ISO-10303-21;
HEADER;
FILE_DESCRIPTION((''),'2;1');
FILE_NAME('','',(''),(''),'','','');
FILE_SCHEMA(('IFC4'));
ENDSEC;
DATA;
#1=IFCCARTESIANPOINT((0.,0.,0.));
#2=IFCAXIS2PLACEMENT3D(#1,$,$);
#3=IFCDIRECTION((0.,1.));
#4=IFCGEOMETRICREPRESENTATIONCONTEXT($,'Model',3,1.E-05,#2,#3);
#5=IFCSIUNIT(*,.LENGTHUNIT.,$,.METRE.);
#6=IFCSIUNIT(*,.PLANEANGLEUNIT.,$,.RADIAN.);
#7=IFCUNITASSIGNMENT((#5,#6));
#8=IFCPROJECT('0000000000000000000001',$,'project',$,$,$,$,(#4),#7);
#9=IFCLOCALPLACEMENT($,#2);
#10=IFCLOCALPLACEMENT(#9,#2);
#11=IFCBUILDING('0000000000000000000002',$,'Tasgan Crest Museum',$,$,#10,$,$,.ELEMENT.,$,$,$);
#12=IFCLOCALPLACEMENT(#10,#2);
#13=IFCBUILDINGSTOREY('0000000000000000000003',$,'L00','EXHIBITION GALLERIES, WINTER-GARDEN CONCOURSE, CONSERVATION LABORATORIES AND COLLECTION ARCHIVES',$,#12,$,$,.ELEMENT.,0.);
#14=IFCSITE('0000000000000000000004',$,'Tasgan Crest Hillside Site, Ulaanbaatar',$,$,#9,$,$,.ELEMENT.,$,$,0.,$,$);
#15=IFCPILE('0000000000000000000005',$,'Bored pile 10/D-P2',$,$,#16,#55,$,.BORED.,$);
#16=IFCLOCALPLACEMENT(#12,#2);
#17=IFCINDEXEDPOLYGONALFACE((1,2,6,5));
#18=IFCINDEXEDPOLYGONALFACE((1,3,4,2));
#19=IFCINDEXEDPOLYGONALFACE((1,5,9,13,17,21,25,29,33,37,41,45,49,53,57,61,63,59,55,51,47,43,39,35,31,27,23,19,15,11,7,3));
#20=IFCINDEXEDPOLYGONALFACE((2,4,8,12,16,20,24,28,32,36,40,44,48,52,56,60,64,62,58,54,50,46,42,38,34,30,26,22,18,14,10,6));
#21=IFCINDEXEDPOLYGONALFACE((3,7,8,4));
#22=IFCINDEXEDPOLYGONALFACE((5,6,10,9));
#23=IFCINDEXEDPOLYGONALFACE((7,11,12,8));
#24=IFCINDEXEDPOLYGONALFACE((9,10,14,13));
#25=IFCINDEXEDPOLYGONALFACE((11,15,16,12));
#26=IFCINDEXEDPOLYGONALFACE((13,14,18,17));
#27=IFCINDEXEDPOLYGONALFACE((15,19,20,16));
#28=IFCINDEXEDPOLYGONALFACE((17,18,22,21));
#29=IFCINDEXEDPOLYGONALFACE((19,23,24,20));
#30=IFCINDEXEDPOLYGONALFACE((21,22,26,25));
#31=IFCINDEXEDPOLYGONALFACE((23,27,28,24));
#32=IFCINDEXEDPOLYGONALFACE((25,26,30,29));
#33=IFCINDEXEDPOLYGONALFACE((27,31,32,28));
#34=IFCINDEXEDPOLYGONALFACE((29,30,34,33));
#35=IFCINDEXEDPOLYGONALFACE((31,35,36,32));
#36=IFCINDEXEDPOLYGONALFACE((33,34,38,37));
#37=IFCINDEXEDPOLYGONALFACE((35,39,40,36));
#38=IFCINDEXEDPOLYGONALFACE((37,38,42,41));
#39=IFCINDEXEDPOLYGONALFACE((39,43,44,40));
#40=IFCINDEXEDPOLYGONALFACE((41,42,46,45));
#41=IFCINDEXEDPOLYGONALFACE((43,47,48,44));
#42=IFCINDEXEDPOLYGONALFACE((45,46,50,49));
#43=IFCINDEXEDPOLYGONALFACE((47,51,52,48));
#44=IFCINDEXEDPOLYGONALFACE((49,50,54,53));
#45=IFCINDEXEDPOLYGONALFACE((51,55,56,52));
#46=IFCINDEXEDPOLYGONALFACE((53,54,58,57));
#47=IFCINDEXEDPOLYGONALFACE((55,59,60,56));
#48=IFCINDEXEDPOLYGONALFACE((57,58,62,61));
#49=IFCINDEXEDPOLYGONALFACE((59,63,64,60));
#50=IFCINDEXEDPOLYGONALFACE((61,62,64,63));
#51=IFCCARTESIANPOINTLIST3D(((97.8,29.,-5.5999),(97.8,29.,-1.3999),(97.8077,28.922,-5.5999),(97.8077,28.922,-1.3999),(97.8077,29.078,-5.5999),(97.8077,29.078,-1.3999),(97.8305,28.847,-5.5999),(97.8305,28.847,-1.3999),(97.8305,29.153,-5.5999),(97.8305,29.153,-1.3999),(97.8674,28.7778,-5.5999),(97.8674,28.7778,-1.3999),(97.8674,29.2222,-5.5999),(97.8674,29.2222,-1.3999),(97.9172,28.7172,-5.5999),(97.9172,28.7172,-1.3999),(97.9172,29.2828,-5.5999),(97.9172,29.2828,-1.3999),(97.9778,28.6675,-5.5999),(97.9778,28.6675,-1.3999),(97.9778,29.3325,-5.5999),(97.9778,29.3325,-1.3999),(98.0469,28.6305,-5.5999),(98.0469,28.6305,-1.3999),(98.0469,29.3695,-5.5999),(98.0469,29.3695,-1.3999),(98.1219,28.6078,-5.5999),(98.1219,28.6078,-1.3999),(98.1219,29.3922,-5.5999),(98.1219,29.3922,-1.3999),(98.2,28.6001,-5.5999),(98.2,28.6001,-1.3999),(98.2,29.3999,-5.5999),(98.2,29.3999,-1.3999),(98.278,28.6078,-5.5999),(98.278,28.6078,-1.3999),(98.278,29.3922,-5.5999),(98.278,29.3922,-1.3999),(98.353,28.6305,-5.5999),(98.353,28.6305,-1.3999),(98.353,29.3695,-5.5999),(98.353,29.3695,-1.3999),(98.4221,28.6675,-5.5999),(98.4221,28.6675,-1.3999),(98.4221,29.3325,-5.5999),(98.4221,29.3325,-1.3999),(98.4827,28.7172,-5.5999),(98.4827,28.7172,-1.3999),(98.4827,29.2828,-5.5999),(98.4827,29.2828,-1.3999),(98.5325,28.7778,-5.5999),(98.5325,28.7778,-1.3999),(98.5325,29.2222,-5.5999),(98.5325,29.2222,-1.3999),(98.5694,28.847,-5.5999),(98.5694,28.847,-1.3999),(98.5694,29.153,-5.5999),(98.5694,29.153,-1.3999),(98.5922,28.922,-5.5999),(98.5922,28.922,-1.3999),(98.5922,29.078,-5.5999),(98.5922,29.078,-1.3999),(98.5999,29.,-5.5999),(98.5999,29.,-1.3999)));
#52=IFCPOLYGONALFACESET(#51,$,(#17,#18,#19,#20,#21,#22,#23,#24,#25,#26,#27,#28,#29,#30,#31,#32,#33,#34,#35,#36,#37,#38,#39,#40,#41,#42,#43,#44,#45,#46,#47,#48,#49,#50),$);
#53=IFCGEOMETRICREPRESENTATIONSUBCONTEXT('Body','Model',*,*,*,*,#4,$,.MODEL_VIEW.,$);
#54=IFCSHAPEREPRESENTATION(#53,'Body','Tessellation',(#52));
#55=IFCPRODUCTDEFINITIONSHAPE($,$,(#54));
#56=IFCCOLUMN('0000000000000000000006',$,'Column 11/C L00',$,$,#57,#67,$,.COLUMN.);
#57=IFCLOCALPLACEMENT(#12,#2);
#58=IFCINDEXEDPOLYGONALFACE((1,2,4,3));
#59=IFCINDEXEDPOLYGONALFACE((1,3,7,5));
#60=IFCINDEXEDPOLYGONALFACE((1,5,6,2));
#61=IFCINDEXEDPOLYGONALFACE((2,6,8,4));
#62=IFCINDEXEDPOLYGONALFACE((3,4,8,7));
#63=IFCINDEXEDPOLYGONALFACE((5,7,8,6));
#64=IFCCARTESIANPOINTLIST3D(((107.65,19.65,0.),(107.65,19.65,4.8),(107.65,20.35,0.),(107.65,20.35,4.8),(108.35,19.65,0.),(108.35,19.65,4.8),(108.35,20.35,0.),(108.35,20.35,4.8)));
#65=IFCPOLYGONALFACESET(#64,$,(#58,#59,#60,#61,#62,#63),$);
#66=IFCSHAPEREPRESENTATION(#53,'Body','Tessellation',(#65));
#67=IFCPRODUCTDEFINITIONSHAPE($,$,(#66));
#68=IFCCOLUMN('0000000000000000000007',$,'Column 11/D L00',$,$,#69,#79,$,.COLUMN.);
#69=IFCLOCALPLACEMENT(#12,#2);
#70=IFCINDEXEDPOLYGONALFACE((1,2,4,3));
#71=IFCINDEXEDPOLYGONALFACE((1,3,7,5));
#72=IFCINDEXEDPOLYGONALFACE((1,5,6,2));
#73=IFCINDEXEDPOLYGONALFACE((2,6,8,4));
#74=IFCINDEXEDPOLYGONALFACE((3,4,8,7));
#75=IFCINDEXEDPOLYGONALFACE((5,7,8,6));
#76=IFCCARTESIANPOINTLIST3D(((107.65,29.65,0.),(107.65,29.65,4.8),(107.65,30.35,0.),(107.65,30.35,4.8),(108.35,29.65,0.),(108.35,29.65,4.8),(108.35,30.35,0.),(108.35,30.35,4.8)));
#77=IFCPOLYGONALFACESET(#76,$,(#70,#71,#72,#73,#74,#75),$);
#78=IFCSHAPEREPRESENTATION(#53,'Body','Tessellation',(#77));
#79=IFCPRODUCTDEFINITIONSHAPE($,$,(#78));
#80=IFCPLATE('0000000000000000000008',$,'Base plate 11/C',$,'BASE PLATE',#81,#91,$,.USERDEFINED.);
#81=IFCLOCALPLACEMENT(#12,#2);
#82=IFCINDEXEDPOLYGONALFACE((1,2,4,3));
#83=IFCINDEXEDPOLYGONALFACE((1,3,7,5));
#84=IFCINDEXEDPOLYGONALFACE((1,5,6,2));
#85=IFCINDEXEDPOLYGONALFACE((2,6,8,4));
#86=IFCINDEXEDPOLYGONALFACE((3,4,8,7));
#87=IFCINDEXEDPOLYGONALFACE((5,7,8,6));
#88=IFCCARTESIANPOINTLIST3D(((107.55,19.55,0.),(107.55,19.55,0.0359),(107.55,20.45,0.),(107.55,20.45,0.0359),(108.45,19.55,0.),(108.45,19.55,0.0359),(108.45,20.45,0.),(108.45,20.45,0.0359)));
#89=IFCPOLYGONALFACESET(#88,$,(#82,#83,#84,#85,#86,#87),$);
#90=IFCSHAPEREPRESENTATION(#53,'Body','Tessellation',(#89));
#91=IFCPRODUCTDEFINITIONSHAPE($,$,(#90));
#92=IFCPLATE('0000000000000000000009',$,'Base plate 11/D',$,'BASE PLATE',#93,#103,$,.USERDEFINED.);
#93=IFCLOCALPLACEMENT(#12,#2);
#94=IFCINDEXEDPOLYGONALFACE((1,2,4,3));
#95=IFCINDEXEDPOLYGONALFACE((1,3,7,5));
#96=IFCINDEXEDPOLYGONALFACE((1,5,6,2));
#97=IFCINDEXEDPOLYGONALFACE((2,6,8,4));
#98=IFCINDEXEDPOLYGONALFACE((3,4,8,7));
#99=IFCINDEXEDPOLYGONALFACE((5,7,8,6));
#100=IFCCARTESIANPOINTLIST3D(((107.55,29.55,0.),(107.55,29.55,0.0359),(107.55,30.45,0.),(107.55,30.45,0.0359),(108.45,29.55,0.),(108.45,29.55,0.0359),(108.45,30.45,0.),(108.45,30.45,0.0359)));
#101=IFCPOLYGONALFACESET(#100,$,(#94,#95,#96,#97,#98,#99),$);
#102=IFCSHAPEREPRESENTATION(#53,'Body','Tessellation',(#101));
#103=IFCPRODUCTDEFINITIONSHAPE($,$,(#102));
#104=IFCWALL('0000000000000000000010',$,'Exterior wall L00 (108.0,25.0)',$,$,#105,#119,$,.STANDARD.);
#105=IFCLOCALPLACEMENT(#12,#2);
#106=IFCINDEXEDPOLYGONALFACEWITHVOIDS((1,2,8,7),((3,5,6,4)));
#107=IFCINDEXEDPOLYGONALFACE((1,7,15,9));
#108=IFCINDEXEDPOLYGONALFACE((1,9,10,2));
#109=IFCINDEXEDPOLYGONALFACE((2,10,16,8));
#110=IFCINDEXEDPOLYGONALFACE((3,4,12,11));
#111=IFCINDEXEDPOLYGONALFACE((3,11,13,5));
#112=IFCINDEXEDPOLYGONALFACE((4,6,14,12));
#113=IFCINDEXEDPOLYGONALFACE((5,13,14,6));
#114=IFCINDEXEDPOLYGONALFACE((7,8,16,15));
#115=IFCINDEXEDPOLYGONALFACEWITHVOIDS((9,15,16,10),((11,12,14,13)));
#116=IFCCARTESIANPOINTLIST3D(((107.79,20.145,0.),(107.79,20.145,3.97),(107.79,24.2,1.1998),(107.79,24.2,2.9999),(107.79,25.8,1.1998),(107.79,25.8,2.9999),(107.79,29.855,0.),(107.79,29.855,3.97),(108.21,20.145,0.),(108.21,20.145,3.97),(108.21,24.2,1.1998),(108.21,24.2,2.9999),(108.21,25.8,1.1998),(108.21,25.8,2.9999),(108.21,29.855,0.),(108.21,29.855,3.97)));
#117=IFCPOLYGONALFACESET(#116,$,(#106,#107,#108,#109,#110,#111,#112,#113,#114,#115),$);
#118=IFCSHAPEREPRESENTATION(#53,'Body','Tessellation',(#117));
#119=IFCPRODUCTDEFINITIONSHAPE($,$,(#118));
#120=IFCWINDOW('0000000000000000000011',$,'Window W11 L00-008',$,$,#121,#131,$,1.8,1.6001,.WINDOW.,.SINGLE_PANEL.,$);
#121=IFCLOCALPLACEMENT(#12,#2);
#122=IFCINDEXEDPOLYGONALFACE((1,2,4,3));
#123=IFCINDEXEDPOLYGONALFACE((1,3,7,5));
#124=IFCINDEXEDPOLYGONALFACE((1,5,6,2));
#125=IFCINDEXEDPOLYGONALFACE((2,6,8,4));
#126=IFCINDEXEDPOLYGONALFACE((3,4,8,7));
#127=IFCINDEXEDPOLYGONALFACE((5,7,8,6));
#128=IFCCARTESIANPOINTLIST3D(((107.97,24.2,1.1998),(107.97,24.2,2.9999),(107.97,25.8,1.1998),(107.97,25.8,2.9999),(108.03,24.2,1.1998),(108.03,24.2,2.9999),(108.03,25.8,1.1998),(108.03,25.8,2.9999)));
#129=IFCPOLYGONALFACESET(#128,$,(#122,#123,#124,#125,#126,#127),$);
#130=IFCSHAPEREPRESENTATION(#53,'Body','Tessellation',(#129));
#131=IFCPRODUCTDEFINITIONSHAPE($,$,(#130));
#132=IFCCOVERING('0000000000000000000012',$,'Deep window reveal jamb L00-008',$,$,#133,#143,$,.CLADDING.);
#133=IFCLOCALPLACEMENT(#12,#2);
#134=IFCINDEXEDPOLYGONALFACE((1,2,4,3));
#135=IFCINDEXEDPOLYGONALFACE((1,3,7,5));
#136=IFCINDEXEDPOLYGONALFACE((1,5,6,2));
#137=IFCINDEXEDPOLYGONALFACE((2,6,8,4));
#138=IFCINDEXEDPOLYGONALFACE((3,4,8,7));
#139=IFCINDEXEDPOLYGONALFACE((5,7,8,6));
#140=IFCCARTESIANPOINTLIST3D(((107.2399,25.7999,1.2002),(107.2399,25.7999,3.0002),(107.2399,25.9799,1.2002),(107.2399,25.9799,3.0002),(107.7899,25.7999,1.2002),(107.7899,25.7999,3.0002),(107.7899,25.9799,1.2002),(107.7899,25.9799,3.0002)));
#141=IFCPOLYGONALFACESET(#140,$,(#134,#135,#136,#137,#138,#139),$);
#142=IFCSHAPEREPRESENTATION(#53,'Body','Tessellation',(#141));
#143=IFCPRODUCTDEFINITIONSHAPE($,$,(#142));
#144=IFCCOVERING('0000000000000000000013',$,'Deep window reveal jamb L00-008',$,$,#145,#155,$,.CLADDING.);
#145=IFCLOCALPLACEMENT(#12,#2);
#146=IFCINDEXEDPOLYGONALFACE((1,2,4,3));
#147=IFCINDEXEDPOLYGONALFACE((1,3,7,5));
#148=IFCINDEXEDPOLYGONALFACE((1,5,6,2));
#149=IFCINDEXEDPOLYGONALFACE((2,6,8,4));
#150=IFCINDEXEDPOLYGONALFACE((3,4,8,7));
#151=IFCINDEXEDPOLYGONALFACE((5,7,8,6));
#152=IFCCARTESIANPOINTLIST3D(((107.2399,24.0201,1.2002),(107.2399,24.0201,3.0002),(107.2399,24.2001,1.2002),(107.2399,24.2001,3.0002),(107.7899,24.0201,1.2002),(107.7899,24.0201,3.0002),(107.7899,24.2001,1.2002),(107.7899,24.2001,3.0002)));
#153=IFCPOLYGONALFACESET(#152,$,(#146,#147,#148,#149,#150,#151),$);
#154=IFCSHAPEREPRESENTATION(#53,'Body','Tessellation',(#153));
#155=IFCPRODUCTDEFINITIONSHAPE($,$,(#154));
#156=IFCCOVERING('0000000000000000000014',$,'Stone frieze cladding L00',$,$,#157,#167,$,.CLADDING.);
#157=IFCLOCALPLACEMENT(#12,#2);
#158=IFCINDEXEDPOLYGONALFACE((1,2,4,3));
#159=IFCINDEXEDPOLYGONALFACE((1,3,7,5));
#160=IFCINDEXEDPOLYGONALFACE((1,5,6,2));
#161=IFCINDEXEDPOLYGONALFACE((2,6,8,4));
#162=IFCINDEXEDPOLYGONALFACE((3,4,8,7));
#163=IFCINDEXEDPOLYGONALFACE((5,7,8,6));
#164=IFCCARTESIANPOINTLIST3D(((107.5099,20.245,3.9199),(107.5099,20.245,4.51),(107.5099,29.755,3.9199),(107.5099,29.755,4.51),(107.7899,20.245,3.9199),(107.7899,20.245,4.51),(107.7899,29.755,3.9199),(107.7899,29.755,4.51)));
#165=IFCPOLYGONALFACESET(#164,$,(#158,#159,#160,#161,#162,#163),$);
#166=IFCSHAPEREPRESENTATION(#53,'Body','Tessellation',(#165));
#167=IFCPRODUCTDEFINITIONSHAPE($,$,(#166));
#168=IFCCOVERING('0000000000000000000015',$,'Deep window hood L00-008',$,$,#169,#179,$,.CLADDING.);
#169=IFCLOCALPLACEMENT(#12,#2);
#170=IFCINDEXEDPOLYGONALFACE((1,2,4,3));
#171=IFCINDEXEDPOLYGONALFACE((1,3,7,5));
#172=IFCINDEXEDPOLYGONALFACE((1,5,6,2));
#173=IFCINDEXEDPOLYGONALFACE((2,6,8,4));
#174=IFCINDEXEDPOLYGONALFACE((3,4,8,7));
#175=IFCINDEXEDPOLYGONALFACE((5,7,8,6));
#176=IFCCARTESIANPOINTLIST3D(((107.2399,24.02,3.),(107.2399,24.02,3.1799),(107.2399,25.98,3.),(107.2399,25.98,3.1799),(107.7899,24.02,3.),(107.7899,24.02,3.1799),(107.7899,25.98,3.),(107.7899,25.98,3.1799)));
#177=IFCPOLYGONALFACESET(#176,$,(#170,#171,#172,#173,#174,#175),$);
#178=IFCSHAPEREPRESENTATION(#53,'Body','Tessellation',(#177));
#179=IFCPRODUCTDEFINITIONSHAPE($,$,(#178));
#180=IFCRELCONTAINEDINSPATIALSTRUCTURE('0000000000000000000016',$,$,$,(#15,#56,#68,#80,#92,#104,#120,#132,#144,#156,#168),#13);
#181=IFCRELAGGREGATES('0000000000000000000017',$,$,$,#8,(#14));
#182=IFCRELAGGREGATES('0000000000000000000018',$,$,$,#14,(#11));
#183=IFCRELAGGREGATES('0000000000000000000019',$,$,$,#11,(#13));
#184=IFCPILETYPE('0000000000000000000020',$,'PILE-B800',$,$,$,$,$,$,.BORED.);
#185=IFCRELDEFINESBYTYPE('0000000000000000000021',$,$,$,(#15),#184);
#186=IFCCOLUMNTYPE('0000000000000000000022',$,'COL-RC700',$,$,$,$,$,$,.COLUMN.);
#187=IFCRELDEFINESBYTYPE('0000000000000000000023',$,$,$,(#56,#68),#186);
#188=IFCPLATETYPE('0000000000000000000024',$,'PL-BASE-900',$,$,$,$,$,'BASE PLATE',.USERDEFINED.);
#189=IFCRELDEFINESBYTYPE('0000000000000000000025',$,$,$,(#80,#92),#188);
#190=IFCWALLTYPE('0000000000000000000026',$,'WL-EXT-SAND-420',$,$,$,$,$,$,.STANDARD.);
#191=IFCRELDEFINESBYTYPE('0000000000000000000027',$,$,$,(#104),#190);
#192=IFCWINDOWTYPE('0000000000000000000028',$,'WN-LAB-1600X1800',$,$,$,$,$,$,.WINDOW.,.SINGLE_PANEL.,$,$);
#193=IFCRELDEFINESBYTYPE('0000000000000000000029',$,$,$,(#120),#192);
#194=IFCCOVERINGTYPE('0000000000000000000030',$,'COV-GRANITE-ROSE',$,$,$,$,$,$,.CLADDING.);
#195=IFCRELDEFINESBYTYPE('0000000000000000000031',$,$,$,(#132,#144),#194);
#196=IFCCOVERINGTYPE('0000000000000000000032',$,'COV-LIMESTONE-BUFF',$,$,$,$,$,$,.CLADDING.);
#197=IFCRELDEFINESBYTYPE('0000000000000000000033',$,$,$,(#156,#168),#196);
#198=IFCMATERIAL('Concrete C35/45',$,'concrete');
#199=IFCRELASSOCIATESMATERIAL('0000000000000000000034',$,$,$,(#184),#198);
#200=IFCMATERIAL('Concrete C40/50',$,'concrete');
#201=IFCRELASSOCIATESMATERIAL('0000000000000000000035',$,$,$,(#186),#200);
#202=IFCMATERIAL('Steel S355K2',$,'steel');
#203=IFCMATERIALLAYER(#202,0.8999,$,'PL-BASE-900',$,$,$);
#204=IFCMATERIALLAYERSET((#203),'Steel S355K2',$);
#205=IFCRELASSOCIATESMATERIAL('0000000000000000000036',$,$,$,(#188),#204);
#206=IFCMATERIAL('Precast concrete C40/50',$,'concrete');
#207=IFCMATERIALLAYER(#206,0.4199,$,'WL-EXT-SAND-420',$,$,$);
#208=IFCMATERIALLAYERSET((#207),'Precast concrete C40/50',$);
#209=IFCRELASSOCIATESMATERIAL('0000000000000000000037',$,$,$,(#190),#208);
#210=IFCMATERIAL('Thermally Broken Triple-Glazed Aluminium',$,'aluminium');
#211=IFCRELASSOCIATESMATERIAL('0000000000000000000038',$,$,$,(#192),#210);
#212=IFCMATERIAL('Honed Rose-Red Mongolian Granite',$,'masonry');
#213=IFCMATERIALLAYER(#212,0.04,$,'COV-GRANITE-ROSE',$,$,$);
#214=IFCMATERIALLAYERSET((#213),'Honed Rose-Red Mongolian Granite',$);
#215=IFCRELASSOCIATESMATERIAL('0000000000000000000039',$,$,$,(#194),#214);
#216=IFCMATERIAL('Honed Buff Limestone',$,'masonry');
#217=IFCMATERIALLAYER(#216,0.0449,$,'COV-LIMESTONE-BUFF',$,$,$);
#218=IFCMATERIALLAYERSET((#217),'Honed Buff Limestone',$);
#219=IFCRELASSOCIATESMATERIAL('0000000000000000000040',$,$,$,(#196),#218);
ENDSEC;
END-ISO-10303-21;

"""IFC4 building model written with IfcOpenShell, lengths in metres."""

from ifc_helpers import new_model, si_unit, direction, frame, frame_2d, origin, origin_2d, place, context, subcontext, project, spatial, rectangle, circle, extrude, material, layer, layer_set, material_profile, profile_set, type_object, element, fill, save


model = new_model("IFC4")

# Units and contexts
model_context = context("Model", 3, precision=1e-05, world=origin(), true_north=direction((0.0, 1.0)))
body_context = subcontext(model_context, "Body", "Model", "MODEL_VIEW")
ifc_project = project(units=[si_unit("LENGTHUNIT", "METRE"), si_unit("PLANEANGLEUNIT", "RADIAN")], contexts=[model_context])

# Site, building, storey
site_placement = place(None, origin())
site = spatial("IfcSite", under=ifc_project, at=site_placement, Name="Tasgan Crest Hillside Site, Ulaanbaatar", CompositionType="ELEMENT", RefElevation=0.0)
building_placement = place(site_placement, origin())
building = spatial("IfcBuilding", under=site, at=building_placement, Name="Tasgan Crest Museum", CompositionType="ELEMENT")
storey_placement = place(building_placement, origin())
storey = spatial("IfcBuildingStorey", under=building, at=storey_placement, Name="L00", Description="EXHIBITION GALLERIES, WINTER-GARDEN CONCOURSE, CONSERVATION LABORATORIES AND COLLECTION ARCHIVES", CompositionType="ELEMENT", Elevation=0.0)

# Pile
ifc_material_1 = material(Name="Concrete C35/45", Category="concrete")
ifc_material_profile_1 = material_profile(ifc_material_1, circle(Radius=0.3999, at=origin_2d()), Name="PILE D800")
ifc_profile_set_1 = profile_set([ifc_material_profile_1], Name="Concrete C35/45")
pile_type_1 = type_object("IfcPileType", Name="PILE-B800", PredefinedType="BORED", material=ifc_profile_set_1)
for number, where, z_axis, x_axis, name in (
    (1, (98.2, 29.0, -1.3999), (0.0, 0.0, -1.0), (1.0, 0.0, 0.0), "Bored pile 10/D-P2"),
):
    element("IfcPile", number, at=place(storey_placement, frame(where, z_axis=z_axis, x_axis=x_axis)), inside=storey, type_object=pile_type_1, Name=name, PredefinedType="BORED", context=body_context, shape_type="SweptSolid", body=[
        extrude(circle(Radius=0.3999, at=origin_2d()), origin(), (0.0, 0.0, 1.0), 4.2),
    ])

# Columns
ifc_material_2 = material(Name="Concrete C40/50", Category="concrete")
ifc_material_profile_2 = material_profile(ifc_material_2, rectangle(XDim=0.7, YDim=0.7, at=origin_2d()), Name="RC 700x700")
ifc_profile_set_2 = profile_set([ifc_material_profile_2], Name="Concrete C40/50")
column_type = type_object("IfcColumnType", Name="COL-RC700", PredefinedType="COLUMN", material=ifc_profile_set_2)
for number, where, z_axis, x_axis, name in (
    (2, (108.0, 20.0, 0.0), (0.0, 0.0, 1.0), (1.0, 0.0, 0.0), "Column 11/C L00"),
    (3, (108.0, 30.0, 0.0), (0.0, 0.0, 1.0), (1.0, 0.0, 0.0), "Column 11/D L00"),
):
    element("IfcColumn", number, at=place(storey_placement, frame(where, z_axis=z_axis, x_axis=x_axis)), inside=storey, type_object=column_type, Name=name, PredefinedType="COLUMN", context=body_context, shape_type="SweptSolid", body=[
        extrude(rectangle(XDim=0.7, YDim=0.7, at=origin_2d()), origin(), (0.0, 0.0, 1.0), 4.8),
    ])

# Plates
ifc_material_3 = material(Name="Steel S355K2", Category="steel")
ifc_layer_1 = layer(ifc_material_3, 0.8999, Name="PL-BASE-900")
ifc_layer_set_1 = layer_set([ifc_layer_1], Name="Steel S355K2")
plate_type = type_object("IfcPlateType", Name="PL-BASE-900", ElementType="BASE PLATE", PredefinedType="USERDEFINED", material=ifc_layer_set_1)
for number, where, z_axis, x_axis, name in (
    (4, (108.0, 20.0, 0.0), (0.0, 0.0, 1.0), (1.0, 0.0, 0.0), "Base plate 11/C"),
    (5, (108.0, 30.0, 0.0), (0.0, 0.0, 1.0), (1.0, 0.0, 0.0), "Base plate 11/D"),
):
    element("IfcPlate", number, at=place(storey_placement, frame(where, z_axis=z_axis, x_axis=x_axis)), inside=storey, type_object=plate_type, Name=name, ObjectType="BASE PLATE", PredefinedType="USERDEFINED", context=body_context, shape_type="SweptSolid", body=[
        extrude(rectangle(XDim=0.8999, YDim=0.8999, at=origin_2d()), origin(), (0.0, 0.0, 1.0), 0.0359),
    ])

# Wall, opening, window
ifc_material_4 = material(Name="Precast concrete C40/50", Category="concrete")
ifc_layer_2 = layer(ifc_material_4, 0.4199, Name="WL-EXT-SAND-420")
ifc_layer_set_2 = layer_set([ifc_layer_2], Name="Precast concrete C40/50")
wall_type = type_object("IfcWallType", Name="WL-EXT-SAND-420", PredefinedType="STANDARD", material=ifc_layer_set_2)
wall_placement = place(storey_placement, frame((108.0, 29.855, 0.0), z_axis=(0.0, 0.0, 1.0), x_axis=(0.0, -1.0, 0.0)))
wall = element("IfcWall", 6, at=wall_placement, inside=storey, type_object=wall_type, Name="Exterior wall L00 (108.0,25.0)", PredefinedType="STANDARD", context=body_context, shape_type="SweptSolid", body=[
    extrude(rectangle(XDim=9.71, YDim=0.4199, at=frame_2d((4.855, 0.0))), origin(), (0.0, 0.0, 1.0), 3.97),
])
opening_placement = place(wall_placement, frame((4.0549, 0.0, 1.2)))
opening = element("IfcOpeningElement", 7, at=opening_placement, cuts=wall, PredefinedType="OPENING", context=body_context, shape_type="SweptSolid", body=[
    extrude(rectangle(XDim=1.6001, YDim=1.8, at=frame_2d((0.8, 0.8999))), frame((0.0, 0.22, 0.0), z_axis=(0.0, -1.0, 0.0), x_axis=(1.0, 0.0, 0.0)), (0.0, 0.0, 1.0), 0.4399),
])
ifc_material_5 = material(Name="Thermally Broken Triple-Glazed Aluminium", Category="aluminium")
window_type = type_object("IfcWindowType", Name="WN-LAB-1600X1800", PartitioningType="SINGLE_PANEL", PredefinedType="WINDOW", material=ifc_material_5)
window_placement = place(opening_placement, origin())
window = element("IfcWindow", 8, at=window_placement, inside=storey, type_object=window_type, Name="Window W11 L00-008", OverallHeight=1.8, OverallWidth=1.6001, PartitioningType="SINGLE_PANEL", PredefinedType="WINDOW", context=body_context, shape_type="SweptSolid", body=[
    extrude(rectangle(XDim=1.6001, YDim=1.8, at=frame_2d((0.8, 0.8999))), frame((0.0, 0.03, 0.0), z_axis=(0.0, -1.0, 0.0), x_axis=(1.0, 0.0, 0.0)), (0.0, 0.0, 1.0), 0.0601),
])
fill(opening, window)

# Coverings
ifc_material_6 = material(Name="Honed Rose-Red Mongolian Granite", Category="masonry")
ifc_layer_3 = layer(ifc_material_6, 0.04, Name="COV-GRANITE-ROSE")
ifc_layer_set_3 = layer_set([ifc_layer_3], Name="Honed Rose-Red Mongolian Granite")
covering_type_1 = type_object("IfcCoveringType", Name="COV-GRANITE-ROSE", PredefinedType="CLADDING", material=ifc_layer_set_3)
for number, where, z_axis, x_axis, name in (
    (9, (107.5149, 25.8899, 1.2002), (0.0, 0.0, 1.0), (0.0, -1.0, 0.0), "Deep window reveal jamb L00-008"),
    (10, (107.5149, 24.1101, 1.2002), (0.0, 0.0, 1.0), (0.0, -1.0, 0.0), "Deep window reveal jamb L00-008"),
):
    element("IfcCovering", number, at=place(storey_placement, frame(where, z_axis=z_axis, x_axis=x_axis)), inside=storey, type_object=covering_type_1, Name=name, PredefinedType="CLADDING", context=body_context, shape_type="SweptSolid", body=[
        extrude(rectangle(XDim=0.1799, YDim=0.55, at=origin_2d()), origin(), (0.0, 0.0, 1.0), 1.8),
    ])
ifc_material_7 = material(Name="Honed Buff Limestone", Category="masonry")
ifc_layer_4 = layer(ifc_material_7, 0.0449, Name="COV-LIMESTONE-BUFF")
ifc_layer_set_4 = layer_set([ifc_layer_4], Name="Honed Buff Limestone")
covering_type_2 = type_object("IfcCoveringType", Name="COV-LIMESTONE-BUFF", PredefinedType="CLADDING", material=ifc_layer_set_4)
covering_1_placement = place(storey_placement, frame((107.6499, 25.0, 3.9199), z_axis=(0.0, 0.0, 1.0), x_axis=(0.0, -1.0, 0.0)))
element("IfcCovering", 11, at=covering_1_placement, inside=storey, type_object=covering_type_2, Name="Stone frieze cladding L00", PredefinedType="CLADDING", context=body_context, shape_type="SweptSolid", body=[
    extrude(rectangle(XDim=9.51, YDim=0.28, at=origin_2d()), origin(), (0.0, 0.0, 1.0), 0.5901),
])
covering_2_placement = place(storey_placement, frame((107.5149, 25.0, 3.0), z_axis=(0.0, 0.0, 1.0), x_axis=(0.0, -1.0, 0.0)))
element("IfcCovering", 12, at=covering_2_placement, inside=storey, type_object=covering_type_2, Name="Deep window hood L00-008", PredefinedType="CLADDING", context=body_context, shape_type="SweptSolid", body=[
    extrude(rectangle(XDim=1.96, YDim=0.55, at=origin_2d()), origin(), (0.0, 0.0, 1.0), 0.1799),
])

save(model, "model.ifc")
